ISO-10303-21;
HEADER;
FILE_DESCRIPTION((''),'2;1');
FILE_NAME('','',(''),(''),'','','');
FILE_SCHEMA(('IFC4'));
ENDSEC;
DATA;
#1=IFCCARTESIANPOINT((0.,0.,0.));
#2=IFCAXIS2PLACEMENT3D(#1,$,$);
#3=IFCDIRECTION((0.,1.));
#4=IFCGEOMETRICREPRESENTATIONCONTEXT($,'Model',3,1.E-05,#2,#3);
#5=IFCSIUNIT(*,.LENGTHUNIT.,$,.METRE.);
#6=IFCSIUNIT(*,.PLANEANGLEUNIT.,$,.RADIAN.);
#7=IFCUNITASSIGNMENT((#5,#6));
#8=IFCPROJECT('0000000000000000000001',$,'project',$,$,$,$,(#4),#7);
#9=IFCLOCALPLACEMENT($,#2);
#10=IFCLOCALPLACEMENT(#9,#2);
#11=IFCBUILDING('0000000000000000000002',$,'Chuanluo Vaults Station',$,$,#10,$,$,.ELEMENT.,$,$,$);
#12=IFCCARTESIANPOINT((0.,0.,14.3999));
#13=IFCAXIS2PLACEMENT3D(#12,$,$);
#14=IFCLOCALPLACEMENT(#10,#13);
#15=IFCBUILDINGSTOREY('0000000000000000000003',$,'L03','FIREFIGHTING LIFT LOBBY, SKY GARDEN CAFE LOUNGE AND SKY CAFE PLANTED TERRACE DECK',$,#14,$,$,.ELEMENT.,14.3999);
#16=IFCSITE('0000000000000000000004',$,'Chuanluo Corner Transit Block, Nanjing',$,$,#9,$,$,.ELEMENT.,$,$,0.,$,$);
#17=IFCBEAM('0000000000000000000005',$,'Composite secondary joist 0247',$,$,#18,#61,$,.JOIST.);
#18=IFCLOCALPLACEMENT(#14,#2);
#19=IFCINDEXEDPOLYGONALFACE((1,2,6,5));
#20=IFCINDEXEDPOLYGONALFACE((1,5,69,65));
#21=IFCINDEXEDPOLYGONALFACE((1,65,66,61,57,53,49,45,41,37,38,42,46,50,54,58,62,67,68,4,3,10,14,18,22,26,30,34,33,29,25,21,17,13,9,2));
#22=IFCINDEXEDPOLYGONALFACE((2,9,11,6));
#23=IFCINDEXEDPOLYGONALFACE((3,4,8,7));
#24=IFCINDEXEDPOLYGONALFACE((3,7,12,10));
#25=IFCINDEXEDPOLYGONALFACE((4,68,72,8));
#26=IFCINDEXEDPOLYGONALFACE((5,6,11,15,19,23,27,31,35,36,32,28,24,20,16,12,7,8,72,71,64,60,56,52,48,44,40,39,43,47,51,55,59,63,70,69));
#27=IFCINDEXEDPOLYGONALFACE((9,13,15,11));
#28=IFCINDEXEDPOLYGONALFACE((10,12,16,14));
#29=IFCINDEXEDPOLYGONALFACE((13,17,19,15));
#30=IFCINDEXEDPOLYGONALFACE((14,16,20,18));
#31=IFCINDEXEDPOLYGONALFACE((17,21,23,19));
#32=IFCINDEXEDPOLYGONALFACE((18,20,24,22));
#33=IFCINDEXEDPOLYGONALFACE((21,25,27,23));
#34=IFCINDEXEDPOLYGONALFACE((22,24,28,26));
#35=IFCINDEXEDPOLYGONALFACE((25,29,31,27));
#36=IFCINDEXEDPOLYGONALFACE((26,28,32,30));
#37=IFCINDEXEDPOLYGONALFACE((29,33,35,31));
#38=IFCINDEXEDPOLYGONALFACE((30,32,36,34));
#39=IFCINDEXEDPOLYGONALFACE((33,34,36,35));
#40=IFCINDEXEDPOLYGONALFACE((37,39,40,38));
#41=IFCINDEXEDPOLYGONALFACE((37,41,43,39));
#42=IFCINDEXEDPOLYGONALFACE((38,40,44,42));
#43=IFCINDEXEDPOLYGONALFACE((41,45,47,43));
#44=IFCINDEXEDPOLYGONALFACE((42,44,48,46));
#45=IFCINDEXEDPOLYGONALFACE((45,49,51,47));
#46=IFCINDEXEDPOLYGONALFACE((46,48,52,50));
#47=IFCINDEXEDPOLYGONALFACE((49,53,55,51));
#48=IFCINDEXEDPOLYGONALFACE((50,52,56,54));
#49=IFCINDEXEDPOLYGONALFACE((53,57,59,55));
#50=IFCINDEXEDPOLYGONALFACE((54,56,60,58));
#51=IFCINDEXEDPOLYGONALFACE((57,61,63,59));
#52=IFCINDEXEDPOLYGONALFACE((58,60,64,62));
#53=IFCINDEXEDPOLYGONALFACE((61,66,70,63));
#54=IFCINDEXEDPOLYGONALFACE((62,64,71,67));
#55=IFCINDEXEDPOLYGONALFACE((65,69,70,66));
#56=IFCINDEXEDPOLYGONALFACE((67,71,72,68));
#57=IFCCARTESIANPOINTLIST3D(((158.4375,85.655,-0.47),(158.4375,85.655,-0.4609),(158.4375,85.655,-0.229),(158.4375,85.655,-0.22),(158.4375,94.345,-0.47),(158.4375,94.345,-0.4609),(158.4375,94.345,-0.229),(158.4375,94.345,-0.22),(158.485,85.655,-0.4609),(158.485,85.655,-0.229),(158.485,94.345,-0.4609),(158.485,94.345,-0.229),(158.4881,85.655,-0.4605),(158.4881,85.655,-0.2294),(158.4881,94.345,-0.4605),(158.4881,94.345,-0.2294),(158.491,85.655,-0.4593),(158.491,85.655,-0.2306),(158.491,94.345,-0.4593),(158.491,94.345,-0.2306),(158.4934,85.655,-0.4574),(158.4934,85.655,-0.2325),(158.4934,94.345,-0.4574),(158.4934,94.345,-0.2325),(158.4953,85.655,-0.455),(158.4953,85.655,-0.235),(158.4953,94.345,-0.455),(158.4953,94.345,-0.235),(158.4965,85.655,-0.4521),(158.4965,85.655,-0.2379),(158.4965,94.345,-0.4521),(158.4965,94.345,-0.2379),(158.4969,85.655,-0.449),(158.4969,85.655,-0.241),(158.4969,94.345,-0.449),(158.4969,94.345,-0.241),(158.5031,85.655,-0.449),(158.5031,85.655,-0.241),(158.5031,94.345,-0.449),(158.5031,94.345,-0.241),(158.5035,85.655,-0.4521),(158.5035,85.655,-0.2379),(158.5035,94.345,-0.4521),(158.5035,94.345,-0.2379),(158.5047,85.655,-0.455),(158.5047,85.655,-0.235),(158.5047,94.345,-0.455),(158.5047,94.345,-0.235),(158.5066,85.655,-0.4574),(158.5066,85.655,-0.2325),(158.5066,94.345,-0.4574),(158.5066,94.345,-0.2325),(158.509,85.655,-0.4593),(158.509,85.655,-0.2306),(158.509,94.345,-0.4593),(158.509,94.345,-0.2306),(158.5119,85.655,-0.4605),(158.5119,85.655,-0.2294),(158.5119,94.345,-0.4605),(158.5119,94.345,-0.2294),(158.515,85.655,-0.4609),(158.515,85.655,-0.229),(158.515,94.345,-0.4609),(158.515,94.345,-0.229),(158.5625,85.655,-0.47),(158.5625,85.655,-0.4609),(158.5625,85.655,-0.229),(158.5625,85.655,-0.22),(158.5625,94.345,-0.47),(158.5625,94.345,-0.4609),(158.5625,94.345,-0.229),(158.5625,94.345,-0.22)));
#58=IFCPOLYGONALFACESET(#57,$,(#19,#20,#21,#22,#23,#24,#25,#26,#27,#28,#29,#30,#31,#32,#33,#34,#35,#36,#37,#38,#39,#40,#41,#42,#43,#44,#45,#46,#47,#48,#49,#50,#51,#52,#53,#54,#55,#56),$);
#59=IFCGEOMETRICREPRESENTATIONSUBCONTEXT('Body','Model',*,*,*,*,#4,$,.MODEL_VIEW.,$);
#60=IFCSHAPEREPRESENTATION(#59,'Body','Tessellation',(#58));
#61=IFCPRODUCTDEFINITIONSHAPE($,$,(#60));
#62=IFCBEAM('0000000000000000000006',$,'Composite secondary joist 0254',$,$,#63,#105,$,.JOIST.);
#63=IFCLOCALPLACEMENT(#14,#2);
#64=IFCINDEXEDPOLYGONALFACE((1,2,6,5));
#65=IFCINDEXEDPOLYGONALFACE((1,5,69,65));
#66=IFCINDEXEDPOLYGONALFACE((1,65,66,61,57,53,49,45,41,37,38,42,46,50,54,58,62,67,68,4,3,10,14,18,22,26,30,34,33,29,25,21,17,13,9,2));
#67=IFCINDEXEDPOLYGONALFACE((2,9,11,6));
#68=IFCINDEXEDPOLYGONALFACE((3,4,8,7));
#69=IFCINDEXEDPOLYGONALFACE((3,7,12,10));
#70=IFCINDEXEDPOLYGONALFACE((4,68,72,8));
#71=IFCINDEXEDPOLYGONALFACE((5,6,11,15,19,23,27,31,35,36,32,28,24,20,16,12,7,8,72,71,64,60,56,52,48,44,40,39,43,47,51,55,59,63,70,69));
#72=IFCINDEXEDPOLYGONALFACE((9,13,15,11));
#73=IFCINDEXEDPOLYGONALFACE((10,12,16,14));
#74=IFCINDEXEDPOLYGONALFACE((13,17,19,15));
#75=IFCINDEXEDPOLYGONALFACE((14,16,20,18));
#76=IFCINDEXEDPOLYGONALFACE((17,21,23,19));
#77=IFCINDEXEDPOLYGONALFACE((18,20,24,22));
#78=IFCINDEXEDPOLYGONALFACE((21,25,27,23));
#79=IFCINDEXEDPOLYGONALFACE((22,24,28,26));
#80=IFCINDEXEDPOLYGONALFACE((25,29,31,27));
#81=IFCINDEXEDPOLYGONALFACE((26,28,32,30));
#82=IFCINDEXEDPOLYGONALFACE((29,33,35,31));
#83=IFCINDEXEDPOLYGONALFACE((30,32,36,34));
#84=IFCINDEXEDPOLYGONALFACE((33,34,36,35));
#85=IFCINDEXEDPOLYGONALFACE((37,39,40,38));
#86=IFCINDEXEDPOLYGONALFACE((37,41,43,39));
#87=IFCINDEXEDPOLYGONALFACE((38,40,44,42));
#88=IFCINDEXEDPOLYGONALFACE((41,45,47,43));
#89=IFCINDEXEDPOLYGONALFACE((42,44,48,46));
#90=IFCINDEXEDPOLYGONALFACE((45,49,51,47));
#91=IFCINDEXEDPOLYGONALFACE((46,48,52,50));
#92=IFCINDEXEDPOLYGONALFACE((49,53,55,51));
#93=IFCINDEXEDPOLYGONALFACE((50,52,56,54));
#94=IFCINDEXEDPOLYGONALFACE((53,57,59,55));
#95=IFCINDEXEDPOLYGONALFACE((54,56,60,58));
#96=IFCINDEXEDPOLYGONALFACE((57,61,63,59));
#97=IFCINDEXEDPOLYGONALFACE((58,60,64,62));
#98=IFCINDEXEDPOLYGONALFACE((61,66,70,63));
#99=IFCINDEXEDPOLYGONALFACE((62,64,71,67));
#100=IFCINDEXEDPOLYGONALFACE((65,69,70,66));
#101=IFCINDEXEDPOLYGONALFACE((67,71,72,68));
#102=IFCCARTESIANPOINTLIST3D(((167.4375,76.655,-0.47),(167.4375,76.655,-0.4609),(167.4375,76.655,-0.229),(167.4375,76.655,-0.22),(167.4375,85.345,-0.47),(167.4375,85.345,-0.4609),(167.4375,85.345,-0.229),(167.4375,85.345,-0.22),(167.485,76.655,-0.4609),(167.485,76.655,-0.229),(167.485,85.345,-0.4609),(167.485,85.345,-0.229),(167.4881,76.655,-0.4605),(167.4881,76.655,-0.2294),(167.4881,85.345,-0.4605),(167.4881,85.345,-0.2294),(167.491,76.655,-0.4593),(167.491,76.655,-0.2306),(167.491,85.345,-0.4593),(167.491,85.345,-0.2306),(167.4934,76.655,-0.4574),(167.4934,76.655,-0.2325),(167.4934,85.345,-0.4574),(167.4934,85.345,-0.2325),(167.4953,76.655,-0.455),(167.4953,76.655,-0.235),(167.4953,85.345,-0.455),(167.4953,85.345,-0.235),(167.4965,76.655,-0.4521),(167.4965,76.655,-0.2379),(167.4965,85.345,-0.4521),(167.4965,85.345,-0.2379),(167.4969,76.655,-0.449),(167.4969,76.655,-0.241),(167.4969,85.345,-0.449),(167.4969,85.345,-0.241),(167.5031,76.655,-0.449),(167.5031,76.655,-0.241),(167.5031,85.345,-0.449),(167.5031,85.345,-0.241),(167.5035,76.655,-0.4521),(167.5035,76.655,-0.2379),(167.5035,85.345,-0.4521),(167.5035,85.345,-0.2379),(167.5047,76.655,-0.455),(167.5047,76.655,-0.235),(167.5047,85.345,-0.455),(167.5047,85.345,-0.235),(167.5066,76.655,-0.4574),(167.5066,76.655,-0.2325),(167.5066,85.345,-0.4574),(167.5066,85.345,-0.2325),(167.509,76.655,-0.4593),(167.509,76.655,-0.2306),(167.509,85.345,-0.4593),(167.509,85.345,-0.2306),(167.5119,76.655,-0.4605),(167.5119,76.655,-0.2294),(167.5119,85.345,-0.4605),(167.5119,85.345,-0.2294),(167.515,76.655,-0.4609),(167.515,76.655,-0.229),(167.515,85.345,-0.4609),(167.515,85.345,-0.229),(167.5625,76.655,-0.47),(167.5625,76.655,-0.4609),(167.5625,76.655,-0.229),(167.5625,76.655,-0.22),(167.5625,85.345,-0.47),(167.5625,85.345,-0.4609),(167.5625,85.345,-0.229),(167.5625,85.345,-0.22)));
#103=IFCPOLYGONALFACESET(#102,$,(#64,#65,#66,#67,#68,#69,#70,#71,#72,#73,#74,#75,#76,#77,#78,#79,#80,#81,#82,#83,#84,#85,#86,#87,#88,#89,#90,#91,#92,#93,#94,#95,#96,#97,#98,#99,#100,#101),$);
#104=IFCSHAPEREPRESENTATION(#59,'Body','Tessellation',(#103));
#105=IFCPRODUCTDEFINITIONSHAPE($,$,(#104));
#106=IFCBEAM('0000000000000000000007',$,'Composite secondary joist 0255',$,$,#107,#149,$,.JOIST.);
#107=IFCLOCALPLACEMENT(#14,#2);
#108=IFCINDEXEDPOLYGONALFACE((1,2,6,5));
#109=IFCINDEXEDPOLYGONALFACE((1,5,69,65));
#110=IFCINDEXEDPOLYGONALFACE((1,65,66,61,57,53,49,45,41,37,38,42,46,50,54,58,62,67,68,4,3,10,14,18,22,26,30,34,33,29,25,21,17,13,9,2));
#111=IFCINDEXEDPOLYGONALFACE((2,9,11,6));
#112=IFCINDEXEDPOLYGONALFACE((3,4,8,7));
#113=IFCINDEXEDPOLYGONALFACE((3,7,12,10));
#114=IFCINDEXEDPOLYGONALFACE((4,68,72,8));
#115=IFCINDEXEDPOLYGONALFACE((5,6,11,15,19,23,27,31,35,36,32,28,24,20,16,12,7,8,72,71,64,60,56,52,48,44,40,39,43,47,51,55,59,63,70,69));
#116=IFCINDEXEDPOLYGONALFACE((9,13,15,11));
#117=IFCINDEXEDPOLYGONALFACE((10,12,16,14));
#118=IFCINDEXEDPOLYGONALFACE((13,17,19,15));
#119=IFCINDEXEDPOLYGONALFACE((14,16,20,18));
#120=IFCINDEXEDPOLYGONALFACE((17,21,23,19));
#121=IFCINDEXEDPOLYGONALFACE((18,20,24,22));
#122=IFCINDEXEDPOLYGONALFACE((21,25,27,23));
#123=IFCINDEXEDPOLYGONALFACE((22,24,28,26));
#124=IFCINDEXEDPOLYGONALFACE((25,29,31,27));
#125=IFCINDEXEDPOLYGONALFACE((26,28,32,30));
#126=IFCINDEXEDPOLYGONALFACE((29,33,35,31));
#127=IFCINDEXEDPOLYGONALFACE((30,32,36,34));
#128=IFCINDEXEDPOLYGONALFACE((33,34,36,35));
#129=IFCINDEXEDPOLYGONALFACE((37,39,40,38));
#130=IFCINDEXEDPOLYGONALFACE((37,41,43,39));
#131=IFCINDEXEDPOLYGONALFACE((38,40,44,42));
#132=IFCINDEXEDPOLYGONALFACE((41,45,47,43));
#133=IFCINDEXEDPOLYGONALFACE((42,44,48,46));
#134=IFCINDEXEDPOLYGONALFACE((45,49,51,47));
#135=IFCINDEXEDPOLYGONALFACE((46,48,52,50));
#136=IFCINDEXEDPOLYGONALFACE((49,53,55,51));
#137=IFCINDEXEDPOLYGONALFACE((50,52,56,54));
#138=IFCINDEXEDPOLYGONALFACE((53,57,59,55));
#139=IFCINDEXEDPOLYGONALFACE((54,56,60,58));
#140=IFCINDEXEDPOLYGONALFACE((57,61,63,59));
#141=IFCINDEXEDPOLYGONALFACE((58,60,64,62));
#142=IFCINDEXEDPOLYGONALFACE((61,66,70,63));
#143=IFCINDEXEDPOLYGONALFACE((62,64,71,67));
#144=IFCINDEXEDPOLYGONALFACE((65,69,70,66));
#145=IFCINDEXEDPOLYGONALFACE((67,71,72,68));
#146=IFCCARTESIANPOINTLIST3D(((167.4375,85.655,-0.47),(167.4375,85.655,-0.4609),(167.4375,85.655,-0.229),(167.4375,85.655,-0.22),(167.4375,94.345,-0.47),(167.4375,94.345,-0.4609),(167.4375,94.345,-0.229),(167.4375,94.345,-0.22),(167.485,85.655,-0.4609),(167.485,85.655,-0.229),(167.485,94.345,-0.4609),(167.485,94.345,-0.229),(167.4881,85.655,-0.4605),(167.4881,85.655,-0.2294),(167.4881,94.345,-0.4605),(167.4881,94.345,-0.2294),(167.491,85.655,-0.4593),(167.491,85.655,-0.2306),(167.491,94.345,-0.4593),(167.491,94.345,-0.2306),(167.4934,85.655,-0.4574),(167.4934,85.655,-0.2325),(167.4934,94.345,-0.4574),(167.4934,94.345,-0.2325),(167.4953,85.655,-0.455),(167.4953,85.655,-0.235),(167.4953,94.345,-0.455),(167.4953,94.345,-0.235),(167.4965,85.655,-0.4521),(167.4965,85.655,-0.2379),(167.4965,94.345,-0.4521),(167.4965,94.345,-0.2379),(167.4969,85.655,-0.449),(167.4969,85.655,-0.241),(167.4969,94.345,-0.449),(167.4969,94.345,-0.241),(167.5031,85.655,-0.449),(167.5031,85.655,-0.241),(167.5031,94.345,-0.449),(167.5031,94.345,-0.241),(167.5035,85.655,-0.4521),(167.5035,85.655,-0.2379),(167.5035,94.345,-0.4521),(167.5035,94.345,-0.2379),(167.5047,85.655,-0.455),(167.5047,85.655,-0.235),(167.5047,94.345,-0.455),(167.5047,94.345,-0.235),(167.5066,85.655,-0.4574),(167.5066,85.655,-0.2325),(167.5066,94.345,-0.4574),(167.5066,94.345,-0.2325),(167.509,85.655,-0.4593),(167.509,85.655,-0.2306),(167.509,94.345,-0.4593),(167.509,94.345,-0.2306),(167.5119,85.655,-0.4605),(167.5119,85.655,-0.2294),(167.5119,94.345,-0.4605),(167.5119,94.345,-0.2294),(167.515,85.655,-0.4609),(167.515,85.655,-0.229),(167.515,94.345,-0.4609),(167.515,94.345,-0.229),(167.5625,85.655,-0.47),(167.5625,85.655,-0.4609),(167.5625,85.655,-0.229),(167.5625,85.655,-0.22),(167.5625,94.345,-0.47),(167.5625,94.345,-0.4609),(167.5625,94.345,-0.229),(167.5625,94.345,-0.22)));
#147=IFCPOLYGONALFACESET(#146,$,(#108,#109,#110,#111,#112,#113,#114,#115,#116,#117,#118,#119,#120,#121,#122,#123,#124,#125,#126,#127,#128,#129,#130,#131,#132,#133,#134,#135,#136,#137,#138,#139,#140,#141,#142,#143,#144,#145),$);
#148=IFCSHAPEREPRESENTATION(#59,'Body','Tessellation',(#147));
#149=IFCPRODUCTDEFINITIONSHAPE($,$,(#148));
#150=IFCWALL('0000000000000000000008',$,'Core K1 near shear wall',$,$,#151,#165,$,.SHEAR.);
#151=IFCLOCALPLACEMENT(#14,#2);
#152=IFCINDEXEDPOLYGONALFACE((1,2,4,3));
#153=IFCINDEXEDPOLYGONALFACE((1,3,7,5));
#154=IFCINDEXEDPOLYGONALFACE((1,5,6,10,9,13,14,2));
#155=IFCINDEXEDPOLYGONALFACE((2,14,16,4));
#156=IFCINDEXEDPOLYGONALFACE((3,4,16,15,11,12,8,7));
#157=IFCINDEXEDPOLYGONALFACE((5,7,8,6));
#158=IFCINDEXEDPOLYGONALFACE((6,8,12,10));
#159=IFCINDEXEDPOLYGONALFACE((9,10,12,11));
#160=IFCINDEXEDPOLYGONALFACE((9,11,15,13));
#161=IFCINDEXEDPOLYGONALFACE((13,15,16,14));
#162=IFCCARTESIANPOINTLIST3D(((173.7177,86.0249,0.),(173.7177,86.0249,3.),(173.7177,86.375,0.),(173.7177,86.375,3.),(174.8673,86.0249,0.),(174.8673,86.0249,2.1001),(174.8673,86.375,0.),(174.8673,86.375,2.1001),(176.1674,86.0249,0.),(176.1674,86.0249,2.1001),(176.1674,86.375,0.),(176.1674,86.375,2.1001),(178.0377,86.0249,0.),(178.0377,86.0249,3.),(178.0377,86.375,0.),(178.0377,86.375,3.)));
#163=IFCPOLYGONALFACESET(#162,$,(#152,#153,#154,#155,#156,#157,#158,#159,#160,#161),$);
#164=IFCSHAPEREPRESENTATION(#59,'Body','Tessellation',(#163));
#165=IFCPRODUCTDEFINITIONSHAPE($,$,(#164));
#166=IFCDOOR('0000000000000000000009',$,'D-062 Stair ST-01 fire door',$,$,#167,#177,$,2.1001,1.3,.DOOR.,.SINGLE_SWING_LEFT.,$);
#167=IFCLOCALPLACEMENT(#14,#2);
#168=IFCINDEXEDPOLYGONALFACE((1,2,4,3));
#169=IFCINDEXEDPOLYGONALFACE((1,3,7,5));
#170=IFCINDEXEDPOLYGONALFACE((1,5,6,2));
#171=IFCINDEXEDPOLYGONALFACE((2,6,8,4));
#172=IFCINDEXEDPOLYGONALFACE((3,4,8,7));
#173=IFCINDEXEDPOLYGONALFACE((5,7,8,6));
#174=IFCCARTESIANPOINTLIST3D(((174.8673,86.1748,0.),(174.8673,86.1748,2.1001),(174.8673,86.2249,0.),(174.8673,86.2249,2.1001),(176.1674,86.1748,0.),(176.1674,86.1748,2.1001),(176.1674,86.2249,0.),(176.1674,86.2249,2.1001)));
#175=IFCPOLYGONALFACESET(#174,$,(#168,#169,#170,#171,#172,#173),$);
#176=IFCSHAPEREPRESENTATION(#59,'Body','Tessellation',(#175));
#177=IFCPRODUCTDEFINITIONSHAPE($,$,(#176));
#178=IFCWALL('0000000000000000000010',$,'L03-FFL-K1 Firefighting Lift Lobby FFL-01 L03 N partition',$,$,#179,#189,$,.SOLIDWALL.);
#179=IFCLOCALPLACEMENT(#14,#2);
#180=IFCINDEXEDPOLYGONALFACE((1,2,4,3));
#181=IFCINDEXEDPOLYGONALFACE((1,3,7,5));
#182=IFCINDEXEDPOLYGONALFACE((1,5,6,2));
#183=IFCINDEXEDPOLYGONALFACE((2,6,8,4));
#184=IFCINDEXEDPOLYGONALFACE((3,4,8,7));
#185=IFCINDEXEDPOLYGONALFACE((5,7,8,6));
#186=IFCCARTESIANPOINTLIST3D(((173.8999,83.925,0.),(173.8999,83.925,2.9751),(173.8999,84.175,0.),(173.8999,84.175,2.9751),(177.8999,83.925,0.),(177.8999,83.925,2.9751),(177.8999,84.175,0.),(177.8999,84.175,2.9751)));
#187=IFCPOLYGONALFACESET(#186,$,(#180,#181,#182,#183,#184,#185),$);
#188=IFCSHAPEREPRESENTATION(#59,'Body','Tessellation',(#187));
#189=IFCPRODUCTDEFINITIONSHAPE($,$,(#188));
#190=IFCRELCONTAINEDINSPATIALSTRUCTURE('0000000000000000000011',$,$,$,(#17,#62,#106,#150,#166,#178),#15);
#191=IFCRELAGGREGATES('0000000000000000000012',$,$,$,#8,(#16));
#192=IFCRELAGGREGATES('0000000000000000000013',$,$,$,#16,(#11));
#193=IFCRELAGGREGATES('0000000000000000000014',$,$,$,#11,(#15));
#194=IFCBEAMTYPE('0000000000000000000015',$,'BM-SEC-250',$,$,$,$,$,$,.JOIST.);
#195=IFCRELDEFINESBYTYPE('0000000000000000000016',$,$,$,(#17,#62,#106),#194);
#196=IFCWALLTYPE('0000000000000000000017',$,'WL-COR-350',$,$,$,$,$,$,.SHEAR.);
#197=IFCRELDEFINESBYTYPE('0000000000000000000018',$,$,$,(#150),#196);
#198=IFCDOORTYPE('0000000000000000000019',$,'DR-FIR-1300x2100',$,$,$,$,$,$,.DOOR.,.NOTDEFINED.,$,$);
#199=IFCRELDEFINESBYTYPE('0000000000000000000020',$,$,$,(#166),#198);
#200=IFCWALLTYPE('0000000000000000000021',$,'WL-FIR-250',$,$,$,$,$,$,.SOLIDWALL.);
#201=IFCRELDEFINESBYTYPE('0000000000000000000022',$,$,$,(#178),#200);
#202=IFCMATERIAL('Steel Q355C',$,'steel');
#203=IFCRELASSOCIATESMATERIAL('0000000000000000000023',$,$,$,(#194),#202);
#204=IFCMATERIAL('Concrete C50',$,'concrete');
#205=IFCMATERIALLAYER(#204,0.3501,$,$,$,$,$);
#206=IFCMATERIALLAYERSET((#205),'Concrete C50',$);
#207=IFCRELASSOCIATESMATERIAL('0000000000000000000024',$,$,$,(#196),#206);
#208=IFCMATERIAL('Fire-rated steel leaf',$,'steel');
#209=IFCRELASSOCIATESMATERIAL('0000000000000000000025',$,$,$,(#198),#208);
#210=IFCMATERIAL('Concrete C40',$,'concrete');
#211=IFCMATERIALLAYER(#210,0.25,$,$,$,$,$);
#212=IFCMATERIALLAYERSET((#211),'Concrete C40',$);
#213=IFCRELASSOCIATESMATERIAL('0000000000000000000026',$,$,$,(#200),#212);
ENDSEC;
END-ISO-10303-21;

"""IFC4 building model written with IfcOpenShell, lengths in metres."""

from ifc_helpers import new_model, si_unit, direction, frame, frame_2d, origin, origin_2d, place, context, subcontext, project, spatial, rectangle, i_section, extrude, material, layer, layer_set, material_profile, profile_set, type_object, element, fill, save


model = new_model("IFC4")

# Units and contexts
model_context = context("Model", 3, precision=1e-05, world=origin(), true_north=direction((0.0, 1.0)))
body_context = subcontext(model_context, "Body", "Model", "MODEL_VIEW")
ifc_project = project(units=[si_unit("LENGTHUNIT", "METRE"), si_unit("PLANEANGLEUNIT", "RADIAN")], contexts=[model_context])

# Site, building, storey
site_placement = place(None, origin())
site = spatial("IfcSite", under=ifc_project, at=site_placement, Name="Chuanluo Corner Transit Block, Nanjing", CompositionType="ELEMENT", RefElevation=0.0)
building_placement = place(site_placement, origin())
building = spatial("IfcBuilding", under=site, at=building_placement, Name="Chuanluo Vaults Station", CompositionType="ELEMENT")
storey_placement = place(building_placement, frame((0.0, 0.0, 14.3999)))
storey = spatial("IfcBuildingStorey", under=building, at=storey_placement, Name="L03", Description="FIREFIGHTING LIFT LOBBY, SKY GARDEN CAFE LOUNGE AND SKY CAFE PLANTED TERRACE DECK", CompositionType="ELEMENT", Elevation=14.3999)

# Beams
ifc_material_1 = material(Name="Steel Q355C", Category="steel")
ifc_material_profile_1 = material_profile(ifc_material_1, i_section(OverallWidth=0.125, OverallDepth=0.25, WebThickness=0.0061, FlangeThickness=0.009, FilletRadius=0.012, at=origin_2d()))
ifc_profile_set_1 = profile_set([ifc_material_profile_1], Name="Steel Q355C")
beam_type_1 = type_object("IfcBeamType", Name="BM-SEC-250", PredefinedType="JOIST", material=ifc_profile_set_1)
for number, where, z_axis, x_axis, name in (
    (1, (158.5, 85.655, -0.345), (0.0, 1.0, 0.0), (-1.0, 0.0, 0.0), "Composite secondary joist 0247"),
    (2, (167.5, 76.655, -0.345), (0.0, 1.0, 0.0), (-1.0, 0.0, 0.0), "Composite secondary joist 0254"),
    (3, (167.5, 85.655, -0.345), (0.0, 1.0, 0.0), (-1.0, 0.0, 0.0), "Composite secondary joist 0255"),
):
    element("IfcBeam", number, at=place(storey_placement, frame(where, z_axis=z_axis, x_axis=x_axis)), inside=storey, type_object=beam_type_1, Name=name, PredefinedType="JOIST", context=body_context, shape_type="SweptSolid", body=[
        extrude(i_section(OverallWidth=0.125, OverallDepth=0.25, WebThickness=0.0061, FlangeThickness=0.009, FilletRadius=0.012, at=origin_2d()), origin(), (0.0, 0.0, 1.0), 8.6899),
    ])

# Wall, opening, door
ifc_material_2 = material(Name="Concrete C50", Category="concrete")
ifc_layer_1 = layer(ifc_material_2, 0.3501)
ifc_layer_set_1 = layer_set([ifc_layer_1], Name="Concrete C50")
wall_type_1 = type_object("IfcWallType", Name="WL-COR-350", PredefinedType="SHEAR", material=ifc_layer_set_1)
wall_1_placement = place(storey_placement, frame((173.7175, 86.2, 0.0), z_axis=(0.0, 0.0, 1.0), x_axis=(1.0, 0.0, 0.0)))
wall_1 = element("IfcWall", 4, at=wall_1_placement, inside=storey, type_object=wall_type_1, Name="Core K1 near shear wall", PredefinedType="SHEAR", context=body_context, shape_type="SweptSolid", body=[
    extrude(rectangle(XDim=4.3201, YDim=0.3501, at=frame_2d((2.1602, 0.0))), origin(), (0.0, 0.0, 1.0), 3.0),
])
opening_1_placement = place(wall_1_placement, frame((1.1499, 0.0, 0.0)))
opening_1 = element("IfcOpeningElement", 5, at=opening_1_placement, cuts=wall_1, PredefinedType="OPENING", context=body_context, shape_type="SweptSolid", body=[
    extrude(rectangle(XDim=1.3, YDim=2.1001, at=frame_2d((0.6499, 1.05))), frame((0.0, 0.185, 0.0), z_axis=(0.0, -1.0, 0.0), x_axis=(1.0, 0.0, 0.0)), (0.0, 0.0, 1.0), 0.3701),
])
ifc_material_3 = material(Name="Fire-rated steel leaf", Category="steel")
door_type_1 = type_object("IfcDoorType", Name="DR-FIR-1300x2100", OperationType="NOTDEFINED", PredefinedType="DOOR", material=ifc_material_3)
door_1_placement = place(opening_1_placement, origin())
door_1 = element("IfcDoor", 6, at=door_1_placement, inside=storey, type_object=door_type_1, Name="D-062 Stair ST-01 fire door", OperationType="SINGLE_SWING_LEFT", OverallHeight=2.1001, OverallWidth=1.3, PredefinedType="DOOR", context=body_context, shape_type="SweptSolid", body=[
    extrude(rectangle(XDim=1.3, YDim=2.1001, at=frame_2d((0.6499, 1.05))), frame((0.0, 0.0249, 0.0), z_axis=(0.0, -1.0, 0.0), x_axis=(1.0, 0.0, 0.0)), (0.0, 0.0, 1.0), 0.05),
])
fill(opening_1, door_1)

# Wall
ifc_material_4 = material(Name="Concrete C40", Category="concrete")
ifc_layer_2 = layer(ifc_material_4, 0.25)
ifc_layer_set_2 = layer_set([ifc_layer_2], Name="Concrete C40")
wall_type_2 = type_object("IfcWallType", Name="WL-FIR-250", PredefinedType="SOLIDWALL", material=ifc_layer_set_2)
wall_2_placement = place(storey_placement, frame((173.8999, 84.05, 0.0), z_axis=(0.0, 0.0, 1.0), x_axis=(1.0, 0.0, 0.0)))
element("IfcWall", 7, at=wall_2_placement, inside=storey, type_object=wall_type_2, Name="L03-FFL-K1 Firefighting Lift Lobby FFL-01 L03 N partition", PredefinedType="SOLIDWALL", context=body_context, shape_type="SweptSolid", body=[
    extrude(rectangle(XDim=4.0, YDim=0.25, at=frame_2d((2.0, 0.0))), origin(), (0.0, 0.0, 1.0), 2.9751),
])

save(model, "model.ifc")
